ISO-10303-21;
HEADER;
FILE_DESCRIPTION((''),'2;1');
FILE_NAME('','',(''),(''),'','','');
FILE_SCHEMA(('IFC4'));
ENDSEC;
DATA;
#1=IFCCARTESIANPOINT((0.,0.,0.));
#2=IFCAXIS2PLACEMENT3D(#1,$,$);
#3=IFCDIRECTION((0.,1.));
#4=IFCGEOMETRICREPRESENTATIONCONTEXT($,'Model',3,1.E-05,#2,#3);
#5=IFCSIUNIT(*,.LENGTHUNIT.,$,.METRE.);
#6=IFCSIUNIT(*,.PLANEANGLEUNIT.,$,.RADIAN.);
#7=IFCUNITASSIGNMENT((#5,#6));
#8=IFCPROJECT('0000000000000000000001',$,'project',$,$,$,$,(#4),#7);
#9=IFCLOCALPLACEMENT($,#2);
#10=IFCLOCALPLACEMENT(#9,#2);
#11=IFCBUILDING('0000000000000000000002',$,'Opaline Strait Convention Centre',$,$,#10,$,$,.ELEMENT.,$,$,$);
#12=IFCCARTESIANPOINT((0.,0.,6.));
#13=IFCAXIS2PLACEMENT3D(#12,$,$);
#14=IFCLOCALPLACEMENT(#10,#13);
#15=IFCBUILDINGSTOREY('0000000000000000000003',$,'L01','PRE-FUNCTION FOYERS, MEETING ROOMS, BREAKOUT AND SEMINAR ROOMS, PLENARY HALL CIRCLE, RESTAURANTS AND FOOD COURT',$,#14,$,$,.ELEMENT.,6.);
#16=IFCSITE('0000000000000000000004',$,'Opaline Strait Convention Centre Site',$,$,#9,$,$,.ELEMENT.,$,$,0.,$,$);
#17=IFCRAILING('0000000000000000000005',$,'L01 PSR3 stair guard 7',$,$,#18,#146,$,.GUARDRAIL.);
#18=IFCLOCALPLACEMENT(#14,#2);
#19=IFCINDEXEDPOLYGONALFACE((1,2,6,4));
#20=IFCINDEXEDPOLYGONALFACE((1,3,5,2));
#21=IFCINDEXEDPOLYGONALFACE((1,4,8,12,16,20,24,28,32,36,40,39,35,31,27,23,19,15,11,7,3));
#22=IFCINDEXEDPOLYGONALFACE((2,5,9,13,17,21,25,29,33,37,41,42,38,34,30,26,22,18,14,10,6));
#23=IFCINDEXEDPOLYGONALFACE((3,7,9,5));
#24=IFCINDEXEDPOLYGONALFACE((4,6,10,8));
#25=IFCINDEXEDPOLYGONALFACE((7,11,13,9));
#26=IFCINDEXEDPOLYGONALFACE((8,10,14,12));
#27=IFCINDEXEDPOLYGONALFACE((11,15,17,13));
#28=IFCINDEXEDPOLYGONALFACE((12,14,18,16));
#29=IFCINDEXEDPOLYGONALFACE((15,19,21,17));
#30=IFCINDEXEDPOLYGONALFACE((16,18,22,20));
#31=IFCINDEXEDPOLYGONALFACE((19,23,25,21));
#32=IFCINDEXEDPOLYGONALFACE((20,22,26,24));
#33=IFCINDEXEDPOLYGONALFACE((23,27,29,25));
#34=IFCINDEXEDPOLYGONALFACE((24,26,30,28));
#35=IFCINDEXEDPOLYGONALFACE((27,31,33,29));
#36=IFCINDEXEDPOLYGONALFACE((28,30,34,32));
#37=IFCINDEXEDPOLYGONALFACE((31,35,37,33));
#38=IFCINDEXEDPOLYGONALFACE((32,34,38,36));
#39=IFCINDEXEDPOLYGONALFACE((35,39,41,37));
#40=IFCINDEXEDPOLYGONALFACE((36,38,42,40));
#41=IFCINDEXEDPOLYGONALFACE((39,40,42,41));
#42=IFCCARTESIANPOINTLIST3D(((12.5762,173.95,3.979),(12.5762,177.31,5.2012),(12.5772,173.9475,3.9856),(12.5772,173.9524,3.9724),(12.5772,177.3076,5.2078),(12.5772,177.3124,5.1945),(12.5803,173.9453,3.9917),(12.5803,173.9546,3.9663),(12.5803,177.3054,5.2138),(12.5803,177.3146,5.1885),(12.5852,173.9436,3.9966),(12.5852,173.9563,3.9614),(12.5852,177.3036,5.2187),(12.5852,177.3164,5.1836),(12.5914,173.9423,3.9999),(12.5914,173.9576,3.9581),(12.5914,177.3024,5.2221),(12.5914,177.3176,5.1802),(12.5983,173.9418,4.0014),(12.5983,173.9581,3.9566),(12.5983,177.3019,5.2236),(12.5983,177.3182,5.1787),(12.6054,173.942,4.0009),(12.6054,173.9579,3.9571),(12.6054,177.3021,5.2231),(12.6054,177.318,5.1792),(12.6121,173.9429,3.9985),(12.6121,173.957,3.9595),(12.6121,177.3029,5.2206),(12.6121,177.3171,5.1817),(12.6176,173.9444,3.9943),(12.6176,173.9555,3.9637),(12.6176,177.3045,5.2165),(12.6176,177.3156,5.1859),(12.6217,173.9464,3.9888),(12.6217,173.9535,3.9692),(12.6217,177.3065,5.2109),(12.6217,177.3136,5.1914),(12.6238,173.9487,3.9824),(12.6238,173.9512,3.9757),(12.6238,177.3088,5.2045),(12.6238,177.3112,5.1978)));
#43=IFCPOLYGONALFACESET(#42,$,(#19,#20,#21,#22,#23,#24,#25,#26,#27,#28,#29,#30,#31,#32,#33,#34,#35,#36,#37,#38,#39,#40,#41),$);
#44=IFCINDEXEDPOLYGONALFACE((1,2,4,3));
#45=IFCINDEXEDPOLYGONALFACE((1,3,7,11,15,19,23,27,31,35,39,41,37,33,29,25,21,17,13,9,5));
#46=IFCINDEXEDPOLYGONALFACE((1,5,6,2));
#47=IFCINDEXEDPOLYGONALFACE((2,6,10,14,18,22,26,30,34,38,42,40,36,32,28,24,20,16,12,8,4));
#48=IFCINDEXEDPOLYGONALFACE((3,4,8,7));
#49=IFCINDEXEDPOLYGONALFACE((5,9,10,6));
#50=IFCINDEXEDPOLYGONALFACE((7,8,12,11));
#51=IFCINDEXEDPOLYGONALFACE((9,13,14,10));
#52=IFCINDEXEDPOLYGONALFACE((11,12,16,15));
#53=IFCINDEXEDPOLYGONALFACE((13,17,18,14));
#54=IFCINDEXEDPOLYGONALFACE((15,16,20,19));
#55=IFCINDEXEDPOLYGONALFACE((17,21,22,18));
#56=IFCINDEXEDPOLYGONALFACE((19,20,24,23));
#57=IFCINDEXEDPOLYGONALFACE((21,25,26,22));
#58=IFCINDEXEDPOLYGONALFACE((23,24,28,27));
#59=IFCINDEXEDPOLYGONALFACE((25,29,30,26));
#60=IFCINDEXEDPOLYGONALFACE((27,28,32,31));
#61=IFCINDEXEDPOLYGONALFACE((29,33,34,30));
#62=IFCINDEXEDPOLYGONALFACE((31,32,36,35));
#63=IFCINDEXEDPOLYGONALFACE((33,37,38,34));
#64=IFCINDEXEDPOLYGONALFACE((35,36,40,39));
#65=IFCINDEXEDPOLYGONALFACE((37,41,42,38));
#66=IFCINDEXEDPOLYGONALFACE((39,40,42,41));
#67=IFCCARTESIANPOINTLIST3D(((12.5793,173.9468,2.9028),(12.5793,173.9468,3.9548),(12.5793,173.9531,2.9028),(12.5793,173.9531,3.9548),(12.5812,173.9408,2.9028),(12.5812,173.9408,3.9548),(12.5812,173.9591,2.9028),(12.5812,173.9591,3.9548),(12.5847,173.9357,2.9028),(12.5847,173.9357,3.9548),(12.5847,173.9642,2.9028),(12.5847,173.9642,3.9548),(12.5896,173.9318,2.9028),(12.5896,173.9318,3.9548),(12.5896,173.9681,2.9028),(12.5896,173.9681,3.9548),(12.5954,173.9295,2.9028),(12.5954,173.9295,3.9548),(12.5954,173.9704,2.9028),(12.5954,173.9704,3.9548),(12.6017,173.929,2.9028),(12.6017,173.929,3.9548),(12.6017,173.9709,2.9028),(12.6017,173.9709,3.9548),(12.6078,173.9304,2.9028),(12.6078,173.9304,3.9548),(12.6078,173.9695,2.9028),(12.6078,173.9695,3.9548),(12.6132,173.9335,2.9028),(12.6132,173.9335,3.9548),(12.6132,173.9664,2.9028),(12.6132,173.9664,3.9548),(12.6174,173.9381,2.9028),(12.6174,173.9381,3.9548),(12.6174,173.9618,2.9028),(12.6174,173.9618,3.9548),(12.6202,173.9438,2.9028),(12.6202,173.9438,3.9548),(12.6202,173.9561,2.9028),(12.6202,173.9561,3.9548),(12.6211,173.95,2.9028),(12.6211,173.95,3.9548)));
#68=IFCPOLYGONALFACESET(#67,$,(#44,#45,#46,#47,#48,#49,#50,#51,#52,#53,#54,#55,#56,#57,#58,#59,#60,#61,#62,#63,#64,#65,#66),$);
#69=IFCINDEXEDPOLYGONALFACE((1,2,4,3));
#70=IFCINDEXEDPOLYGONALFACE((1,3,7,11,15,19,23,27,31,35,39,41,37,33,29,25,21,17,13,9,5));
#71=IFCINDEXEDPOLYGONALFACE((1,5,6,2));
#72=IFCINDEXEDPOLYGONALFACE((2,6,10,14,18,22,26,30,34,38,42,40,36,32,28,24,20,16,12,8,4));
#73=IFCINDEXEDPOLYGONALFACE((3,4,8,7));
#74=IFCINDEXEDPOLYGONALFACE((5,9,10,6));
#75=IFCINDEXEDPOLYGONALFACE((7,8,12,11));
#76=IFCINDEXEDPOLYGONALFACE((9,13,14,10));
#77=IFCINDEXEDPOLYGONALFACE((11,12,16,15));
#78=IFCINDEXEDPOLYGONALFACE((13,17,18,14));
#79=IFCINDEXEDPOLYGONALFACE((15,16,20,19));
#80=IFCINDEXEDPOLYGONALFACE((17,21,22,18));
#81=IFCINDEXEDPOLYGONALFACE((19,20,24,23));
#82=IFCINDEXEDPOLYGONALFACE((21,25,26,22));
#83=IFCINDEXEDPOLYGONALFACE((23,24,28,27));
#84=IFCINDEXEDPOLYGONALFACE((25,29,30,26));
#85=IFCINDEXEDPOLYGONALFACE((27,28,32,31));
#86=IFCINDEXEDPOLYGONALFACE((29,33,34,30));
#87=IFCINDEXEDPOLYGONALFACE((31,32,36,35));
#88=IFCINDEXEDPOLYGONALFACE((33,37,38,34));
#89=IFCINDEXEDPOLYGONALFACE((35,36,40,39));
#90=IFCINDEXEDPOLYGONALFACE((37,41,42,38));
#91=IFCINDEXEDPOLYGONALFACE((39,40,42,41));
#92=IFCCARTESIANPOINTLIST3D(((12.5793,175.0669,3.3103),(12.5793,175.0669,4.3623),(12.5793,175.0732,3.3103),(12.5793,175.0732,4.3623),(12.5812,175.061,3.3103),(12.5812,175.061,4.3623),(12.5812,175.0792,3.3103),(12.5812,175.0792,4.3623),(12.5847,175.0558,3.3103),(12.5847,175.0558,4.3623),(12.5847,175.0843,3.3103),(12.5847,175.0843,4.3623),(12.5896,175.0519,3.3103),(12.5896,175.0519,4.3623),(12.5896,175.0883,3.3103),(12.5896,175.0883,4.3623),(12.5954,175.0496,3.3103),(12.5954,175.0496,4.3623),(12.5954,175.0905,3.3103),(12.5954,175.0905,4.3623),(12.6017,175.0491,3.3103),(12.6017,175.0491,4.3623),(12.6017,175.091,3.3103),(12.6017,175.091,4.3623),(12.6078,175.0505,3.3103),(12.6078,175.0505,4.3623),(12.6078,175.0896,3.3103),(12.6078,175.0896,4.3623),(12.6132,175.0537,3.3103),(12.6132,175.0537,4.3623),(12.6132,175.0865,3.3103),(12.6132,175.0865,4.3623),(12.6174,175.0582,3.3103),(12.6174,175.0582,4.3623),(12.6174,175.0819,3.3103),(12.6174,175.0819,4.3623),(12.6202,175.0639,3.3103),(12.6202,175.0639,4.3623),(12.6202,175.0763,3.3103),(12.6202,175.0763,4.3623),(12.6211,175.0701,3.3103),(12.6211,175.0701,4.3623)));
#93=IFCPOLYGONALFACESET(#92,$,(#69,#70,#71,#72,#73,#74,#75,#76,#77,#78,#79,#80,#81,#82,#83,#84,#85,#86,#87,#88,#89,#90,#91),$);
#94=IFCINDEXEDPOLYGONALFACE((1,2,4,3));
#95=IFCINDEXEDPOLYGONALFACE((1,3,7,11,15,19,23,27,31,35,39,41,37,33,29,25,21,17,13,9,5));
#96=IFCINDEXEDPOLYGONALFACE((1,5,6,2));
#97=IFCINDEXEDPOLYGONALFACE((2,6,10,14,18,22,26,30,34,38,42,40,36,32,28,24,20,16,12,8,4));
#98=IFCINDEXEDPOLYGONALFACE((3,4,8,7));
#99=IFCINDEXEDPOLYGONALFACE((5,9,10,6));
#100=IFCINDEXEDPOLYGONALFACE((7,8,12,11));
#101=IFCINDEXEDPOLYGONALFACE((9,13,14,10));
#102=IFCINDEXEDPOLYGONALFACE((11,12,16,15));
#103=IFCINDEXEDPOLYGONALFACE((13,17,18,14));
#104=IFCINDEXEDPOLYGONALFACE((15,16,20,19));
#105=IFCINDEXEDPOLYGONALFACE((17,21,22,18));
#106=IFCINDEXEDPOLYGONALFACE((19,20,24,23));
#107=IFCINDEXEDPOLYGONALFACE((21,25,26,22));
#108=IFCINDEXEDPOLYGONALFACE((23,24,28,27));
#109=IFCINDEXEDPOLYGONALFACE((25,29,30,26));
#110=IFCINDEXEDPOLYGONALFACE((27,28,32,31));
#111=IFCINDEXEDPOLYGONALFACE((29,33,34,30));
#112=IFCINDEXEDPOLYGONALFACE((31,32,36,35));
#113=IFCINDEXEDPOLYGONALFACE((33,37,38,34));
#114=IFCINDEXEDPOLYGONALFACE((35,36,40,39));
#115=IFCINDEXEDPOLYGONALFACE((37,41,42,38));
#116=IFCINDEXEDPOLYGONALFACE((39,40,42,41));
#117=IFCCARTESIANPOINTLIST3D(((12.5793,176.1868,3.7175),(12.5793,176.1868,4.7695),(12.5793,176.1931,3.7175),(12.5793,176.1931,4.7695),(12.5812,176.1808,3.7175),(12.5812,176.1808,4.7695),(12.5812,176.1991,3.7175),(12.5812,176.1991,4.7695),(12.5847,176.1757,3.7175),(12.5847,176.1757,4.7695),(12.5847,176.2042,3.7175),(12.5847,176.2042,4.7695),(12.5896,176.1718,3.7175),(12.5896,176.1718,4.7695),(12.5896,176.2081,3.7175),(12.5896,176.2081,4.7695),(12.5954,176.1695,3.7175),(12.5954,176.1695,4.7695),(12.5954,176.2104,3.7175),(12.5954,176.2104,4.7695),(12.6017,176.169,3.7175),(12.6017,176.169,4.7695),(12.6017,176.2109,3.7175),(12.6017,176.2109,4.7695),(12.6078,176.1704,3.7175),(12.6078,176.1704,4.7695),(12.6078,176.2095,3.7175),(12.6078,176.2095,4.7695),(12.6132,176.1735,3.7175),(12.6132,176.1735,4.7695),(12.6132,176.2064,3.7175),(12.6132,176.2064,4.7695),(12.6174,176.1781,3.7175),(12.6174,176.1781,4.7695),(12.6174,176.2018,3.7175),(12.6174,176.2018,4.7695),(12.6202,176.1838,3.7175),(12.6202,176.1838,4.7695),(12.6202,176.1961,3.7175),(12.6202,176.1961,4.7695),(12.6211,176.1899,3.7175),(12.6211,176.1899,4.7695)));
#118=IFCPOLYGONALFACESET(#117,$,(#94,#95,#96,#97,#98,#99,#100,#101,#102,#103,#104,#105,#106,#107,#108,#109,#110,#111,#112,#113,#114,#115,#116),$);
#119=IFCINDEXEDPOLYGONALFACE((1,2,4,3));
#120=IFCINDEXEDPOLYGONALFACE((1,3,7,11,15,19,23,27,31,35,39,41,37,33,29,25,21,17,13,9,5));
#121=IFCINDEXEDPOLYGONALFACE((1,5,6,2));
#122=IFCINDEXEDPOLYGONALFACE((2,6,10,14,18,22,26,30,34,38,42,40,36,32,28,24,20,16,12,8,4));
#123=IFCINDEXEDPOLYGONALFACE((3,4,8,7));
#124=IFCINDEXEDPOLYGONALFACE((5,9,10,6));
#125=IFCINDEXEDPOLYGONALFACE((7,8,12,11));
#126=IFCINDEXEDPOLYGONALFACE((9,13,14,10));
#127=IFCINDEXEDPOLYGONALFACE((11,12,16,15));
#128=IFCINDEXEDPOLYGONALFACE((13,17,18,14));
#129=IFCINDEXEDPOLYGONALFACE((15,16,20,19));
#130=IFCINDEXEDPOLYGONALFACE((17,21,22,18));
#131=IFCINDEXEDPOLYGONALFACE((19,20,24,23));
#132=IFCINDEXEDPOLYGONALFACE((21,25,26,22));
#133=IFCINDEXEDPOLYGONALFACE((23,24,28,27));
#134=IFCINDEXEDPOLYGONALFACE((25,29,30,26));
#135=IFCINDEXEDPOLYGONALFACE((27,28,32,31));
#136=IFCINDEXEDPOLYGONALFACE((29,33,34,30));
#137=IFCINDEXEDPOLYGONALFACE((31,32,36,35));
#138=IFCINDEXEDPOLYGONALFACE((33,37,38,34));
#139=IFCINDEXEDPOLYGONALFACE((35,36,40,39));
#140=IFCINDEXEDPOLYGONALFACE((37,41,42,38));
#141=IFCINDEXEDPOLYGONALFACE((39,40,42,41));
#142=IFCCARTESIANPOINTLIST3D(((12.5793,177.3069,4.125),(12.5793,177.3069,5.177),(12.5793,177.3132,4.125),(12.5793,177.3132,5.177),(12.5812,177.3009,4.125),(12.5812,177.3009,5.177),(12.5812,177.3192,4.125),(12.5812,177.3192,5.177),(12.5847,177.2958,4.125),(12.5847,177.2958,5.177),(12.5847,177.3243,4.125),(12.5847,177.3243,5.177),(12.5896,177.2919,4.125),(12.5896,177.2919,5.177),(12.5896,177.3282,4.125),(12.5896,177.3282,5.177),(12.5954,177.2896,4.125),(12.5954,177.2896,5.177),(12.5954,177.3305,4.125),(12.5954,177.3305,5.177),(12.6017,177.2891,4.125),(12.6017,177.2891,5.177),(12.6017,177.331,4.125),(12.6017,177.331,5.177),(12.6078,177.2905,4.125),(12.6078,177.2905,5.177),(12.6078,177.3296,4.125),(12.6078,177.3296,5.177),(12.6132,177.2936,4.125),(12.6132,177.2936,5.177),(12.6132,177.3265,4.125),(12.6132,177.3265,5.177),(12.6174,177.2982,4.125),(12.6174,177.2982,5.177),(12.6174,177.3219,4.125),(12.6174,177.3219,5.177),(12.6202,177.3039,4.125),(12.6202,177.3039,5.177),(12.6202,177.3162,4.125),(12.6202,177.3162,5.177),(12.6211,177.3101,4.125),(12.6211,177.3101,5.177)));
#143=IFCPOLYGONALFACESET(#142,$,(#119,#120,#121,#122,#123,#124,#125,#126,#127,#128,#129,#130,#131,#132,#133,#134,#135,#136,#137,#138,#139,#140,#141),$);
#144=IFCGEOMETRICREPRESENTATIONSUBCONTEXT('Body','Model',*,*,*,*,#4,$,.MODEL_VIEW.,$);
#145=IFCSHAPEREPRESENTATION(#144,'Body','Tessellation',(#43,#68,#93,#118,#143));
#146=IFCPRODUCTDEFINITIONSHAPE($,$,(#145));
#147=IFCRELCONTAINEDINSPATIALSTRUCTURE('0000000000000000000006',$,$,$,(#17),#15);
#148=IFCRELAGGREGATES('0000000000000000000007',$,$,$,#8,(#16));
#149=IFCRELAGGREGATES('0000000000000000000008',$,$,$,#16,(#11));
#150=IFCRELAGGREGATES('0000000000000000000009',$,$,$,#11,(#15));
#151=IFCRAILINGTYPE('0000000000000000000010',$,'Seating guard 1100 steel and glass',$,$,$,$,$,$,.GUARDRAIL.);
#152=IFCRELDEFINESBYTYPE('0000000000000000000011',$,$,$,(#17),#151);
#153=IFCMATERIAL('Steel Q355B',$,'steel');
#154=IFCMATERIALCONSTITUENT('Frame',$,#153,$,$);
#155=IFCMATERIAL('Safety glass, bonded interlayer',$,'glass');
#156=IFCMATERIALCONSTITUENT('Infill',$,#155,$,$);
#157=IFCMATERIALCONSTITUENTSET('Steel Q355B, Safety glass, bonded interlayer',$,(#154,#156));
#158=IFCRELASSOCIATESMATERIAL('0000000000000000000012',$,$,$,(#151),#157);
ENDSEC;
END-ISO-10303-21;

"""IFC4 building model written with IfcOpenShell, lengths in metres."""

from ifc_helpers import new_model, si_unit, direction, frame, origin, origin_2d, place, context, subcontext, project, spatial, circle, extrude, material, constituent, constituent_set, type_object, element, save


model = new_model("IFC4")

# Units and contexts
model_context = context("Model", 3, precision=1e-05, world=origin(), true_north=direction((0.0, 1.0)))
body_context = subcontext(model_context, "Body", "Model", "MODEL_VIEW")
ifc_project = project(units=[si_unit("LENGTHUNIT", "METRE"), si_unit("PLANEANGLEUNIT", "RADIAN")], contexts=[model_context])

# Site, building, storey
site_placement = place(None, origin())
site = spatial("IfcSite", under=ifc_project, at=site_placement, Name="Opaline Strait Convention Centre Site", CompositionType="ELEMENT", RefElevation=0.0)
building_placement = place(site_placement, origin())
building = spatial("IfcBuilding", under=site, at=building_placement, Name="Opaline Strait Convention Centre", CompositionType="ELEMENT")
storey_placement = place(building_placement, frame((0.0, 0.0, 6.0)))
storey = spatial("IfcBuildingStorey", under=building, at=storey_placement, Name="L01", Description="PRE-FUNCTION FOYERS, MEETING ROOMS, BREAKOUT AND SEMINAR ROOMS, PLENARY HALL CIRCLE, RESTAURANTS AND FOOD COURT", CompositionType="ELEMENT", Elevation=6.0)

# Railing
ifc_material_1 = material(Name="Steel Q355B", Category="steel")
ifc_constituent_1 = constituent(ifc_material_1, Name="Frame")
ifc_material_2 = material(Name="Safety glass, bonded interlayer", Category="glass")
ifc_constituent_2 = constituent(ifc_material_2, Name="Infill")
ifc_constituent_set = constituent_set(constituents=[ifc_constituent_1, ifc_constituent_2], Name="Steel Q355B, Safety glass, bonded interlayer")
railing_type_1 = type_object("IfcRailingType", Name="Seating guard 1100 steel and glass", PredefinedType="GUARDRAIL", material=ifc_constituent_set)
railing_1_placement = place(storey_placement, frame((12.6001, 173.95, 2.9028)))
element("IfcRailing", 1, at=railing_1_placement, inside=storey, type_object=railing_type_1, Name="L01 PSR3 stair guard 7", PredefinedType="GUARDRAIL", context=body_context, shape_type="SweptSolid", body=[
    extrude(circle(Radius=0.0239, at=origin_2d()), frame((0.0, 0.0, 1.0762), z_axis=(0.0, 0.939766, 0.34182), x_axis=(-1.0, 0.0, 0.0)), (0.0, 0.0, 1.0), 3.5754),
    extrude(circle(Radius=0.021, at=origin_2d()), origin(), (0.0, 0.0, 1.0), 1.052),
    extrude(circle(Radius=0.021, at=origin_2d()), frame((0.0, 1.1201, 0.4075)), (0.0, 0.0, 1.0), 1.052),
    extrude(circle(Radius=0.021, at=origin_2d()), frame((0.0, 2.24, 0.8147)), (0.0, 0.0, 1.0), 1.052),
    extrude(circle(Radius=0.021, at=origin_2d()), frame((0.0, 3.3601, 1.2222)), (0.0, 0.0, 1.0), 1.052),
])

save(model, "model.ifc")
